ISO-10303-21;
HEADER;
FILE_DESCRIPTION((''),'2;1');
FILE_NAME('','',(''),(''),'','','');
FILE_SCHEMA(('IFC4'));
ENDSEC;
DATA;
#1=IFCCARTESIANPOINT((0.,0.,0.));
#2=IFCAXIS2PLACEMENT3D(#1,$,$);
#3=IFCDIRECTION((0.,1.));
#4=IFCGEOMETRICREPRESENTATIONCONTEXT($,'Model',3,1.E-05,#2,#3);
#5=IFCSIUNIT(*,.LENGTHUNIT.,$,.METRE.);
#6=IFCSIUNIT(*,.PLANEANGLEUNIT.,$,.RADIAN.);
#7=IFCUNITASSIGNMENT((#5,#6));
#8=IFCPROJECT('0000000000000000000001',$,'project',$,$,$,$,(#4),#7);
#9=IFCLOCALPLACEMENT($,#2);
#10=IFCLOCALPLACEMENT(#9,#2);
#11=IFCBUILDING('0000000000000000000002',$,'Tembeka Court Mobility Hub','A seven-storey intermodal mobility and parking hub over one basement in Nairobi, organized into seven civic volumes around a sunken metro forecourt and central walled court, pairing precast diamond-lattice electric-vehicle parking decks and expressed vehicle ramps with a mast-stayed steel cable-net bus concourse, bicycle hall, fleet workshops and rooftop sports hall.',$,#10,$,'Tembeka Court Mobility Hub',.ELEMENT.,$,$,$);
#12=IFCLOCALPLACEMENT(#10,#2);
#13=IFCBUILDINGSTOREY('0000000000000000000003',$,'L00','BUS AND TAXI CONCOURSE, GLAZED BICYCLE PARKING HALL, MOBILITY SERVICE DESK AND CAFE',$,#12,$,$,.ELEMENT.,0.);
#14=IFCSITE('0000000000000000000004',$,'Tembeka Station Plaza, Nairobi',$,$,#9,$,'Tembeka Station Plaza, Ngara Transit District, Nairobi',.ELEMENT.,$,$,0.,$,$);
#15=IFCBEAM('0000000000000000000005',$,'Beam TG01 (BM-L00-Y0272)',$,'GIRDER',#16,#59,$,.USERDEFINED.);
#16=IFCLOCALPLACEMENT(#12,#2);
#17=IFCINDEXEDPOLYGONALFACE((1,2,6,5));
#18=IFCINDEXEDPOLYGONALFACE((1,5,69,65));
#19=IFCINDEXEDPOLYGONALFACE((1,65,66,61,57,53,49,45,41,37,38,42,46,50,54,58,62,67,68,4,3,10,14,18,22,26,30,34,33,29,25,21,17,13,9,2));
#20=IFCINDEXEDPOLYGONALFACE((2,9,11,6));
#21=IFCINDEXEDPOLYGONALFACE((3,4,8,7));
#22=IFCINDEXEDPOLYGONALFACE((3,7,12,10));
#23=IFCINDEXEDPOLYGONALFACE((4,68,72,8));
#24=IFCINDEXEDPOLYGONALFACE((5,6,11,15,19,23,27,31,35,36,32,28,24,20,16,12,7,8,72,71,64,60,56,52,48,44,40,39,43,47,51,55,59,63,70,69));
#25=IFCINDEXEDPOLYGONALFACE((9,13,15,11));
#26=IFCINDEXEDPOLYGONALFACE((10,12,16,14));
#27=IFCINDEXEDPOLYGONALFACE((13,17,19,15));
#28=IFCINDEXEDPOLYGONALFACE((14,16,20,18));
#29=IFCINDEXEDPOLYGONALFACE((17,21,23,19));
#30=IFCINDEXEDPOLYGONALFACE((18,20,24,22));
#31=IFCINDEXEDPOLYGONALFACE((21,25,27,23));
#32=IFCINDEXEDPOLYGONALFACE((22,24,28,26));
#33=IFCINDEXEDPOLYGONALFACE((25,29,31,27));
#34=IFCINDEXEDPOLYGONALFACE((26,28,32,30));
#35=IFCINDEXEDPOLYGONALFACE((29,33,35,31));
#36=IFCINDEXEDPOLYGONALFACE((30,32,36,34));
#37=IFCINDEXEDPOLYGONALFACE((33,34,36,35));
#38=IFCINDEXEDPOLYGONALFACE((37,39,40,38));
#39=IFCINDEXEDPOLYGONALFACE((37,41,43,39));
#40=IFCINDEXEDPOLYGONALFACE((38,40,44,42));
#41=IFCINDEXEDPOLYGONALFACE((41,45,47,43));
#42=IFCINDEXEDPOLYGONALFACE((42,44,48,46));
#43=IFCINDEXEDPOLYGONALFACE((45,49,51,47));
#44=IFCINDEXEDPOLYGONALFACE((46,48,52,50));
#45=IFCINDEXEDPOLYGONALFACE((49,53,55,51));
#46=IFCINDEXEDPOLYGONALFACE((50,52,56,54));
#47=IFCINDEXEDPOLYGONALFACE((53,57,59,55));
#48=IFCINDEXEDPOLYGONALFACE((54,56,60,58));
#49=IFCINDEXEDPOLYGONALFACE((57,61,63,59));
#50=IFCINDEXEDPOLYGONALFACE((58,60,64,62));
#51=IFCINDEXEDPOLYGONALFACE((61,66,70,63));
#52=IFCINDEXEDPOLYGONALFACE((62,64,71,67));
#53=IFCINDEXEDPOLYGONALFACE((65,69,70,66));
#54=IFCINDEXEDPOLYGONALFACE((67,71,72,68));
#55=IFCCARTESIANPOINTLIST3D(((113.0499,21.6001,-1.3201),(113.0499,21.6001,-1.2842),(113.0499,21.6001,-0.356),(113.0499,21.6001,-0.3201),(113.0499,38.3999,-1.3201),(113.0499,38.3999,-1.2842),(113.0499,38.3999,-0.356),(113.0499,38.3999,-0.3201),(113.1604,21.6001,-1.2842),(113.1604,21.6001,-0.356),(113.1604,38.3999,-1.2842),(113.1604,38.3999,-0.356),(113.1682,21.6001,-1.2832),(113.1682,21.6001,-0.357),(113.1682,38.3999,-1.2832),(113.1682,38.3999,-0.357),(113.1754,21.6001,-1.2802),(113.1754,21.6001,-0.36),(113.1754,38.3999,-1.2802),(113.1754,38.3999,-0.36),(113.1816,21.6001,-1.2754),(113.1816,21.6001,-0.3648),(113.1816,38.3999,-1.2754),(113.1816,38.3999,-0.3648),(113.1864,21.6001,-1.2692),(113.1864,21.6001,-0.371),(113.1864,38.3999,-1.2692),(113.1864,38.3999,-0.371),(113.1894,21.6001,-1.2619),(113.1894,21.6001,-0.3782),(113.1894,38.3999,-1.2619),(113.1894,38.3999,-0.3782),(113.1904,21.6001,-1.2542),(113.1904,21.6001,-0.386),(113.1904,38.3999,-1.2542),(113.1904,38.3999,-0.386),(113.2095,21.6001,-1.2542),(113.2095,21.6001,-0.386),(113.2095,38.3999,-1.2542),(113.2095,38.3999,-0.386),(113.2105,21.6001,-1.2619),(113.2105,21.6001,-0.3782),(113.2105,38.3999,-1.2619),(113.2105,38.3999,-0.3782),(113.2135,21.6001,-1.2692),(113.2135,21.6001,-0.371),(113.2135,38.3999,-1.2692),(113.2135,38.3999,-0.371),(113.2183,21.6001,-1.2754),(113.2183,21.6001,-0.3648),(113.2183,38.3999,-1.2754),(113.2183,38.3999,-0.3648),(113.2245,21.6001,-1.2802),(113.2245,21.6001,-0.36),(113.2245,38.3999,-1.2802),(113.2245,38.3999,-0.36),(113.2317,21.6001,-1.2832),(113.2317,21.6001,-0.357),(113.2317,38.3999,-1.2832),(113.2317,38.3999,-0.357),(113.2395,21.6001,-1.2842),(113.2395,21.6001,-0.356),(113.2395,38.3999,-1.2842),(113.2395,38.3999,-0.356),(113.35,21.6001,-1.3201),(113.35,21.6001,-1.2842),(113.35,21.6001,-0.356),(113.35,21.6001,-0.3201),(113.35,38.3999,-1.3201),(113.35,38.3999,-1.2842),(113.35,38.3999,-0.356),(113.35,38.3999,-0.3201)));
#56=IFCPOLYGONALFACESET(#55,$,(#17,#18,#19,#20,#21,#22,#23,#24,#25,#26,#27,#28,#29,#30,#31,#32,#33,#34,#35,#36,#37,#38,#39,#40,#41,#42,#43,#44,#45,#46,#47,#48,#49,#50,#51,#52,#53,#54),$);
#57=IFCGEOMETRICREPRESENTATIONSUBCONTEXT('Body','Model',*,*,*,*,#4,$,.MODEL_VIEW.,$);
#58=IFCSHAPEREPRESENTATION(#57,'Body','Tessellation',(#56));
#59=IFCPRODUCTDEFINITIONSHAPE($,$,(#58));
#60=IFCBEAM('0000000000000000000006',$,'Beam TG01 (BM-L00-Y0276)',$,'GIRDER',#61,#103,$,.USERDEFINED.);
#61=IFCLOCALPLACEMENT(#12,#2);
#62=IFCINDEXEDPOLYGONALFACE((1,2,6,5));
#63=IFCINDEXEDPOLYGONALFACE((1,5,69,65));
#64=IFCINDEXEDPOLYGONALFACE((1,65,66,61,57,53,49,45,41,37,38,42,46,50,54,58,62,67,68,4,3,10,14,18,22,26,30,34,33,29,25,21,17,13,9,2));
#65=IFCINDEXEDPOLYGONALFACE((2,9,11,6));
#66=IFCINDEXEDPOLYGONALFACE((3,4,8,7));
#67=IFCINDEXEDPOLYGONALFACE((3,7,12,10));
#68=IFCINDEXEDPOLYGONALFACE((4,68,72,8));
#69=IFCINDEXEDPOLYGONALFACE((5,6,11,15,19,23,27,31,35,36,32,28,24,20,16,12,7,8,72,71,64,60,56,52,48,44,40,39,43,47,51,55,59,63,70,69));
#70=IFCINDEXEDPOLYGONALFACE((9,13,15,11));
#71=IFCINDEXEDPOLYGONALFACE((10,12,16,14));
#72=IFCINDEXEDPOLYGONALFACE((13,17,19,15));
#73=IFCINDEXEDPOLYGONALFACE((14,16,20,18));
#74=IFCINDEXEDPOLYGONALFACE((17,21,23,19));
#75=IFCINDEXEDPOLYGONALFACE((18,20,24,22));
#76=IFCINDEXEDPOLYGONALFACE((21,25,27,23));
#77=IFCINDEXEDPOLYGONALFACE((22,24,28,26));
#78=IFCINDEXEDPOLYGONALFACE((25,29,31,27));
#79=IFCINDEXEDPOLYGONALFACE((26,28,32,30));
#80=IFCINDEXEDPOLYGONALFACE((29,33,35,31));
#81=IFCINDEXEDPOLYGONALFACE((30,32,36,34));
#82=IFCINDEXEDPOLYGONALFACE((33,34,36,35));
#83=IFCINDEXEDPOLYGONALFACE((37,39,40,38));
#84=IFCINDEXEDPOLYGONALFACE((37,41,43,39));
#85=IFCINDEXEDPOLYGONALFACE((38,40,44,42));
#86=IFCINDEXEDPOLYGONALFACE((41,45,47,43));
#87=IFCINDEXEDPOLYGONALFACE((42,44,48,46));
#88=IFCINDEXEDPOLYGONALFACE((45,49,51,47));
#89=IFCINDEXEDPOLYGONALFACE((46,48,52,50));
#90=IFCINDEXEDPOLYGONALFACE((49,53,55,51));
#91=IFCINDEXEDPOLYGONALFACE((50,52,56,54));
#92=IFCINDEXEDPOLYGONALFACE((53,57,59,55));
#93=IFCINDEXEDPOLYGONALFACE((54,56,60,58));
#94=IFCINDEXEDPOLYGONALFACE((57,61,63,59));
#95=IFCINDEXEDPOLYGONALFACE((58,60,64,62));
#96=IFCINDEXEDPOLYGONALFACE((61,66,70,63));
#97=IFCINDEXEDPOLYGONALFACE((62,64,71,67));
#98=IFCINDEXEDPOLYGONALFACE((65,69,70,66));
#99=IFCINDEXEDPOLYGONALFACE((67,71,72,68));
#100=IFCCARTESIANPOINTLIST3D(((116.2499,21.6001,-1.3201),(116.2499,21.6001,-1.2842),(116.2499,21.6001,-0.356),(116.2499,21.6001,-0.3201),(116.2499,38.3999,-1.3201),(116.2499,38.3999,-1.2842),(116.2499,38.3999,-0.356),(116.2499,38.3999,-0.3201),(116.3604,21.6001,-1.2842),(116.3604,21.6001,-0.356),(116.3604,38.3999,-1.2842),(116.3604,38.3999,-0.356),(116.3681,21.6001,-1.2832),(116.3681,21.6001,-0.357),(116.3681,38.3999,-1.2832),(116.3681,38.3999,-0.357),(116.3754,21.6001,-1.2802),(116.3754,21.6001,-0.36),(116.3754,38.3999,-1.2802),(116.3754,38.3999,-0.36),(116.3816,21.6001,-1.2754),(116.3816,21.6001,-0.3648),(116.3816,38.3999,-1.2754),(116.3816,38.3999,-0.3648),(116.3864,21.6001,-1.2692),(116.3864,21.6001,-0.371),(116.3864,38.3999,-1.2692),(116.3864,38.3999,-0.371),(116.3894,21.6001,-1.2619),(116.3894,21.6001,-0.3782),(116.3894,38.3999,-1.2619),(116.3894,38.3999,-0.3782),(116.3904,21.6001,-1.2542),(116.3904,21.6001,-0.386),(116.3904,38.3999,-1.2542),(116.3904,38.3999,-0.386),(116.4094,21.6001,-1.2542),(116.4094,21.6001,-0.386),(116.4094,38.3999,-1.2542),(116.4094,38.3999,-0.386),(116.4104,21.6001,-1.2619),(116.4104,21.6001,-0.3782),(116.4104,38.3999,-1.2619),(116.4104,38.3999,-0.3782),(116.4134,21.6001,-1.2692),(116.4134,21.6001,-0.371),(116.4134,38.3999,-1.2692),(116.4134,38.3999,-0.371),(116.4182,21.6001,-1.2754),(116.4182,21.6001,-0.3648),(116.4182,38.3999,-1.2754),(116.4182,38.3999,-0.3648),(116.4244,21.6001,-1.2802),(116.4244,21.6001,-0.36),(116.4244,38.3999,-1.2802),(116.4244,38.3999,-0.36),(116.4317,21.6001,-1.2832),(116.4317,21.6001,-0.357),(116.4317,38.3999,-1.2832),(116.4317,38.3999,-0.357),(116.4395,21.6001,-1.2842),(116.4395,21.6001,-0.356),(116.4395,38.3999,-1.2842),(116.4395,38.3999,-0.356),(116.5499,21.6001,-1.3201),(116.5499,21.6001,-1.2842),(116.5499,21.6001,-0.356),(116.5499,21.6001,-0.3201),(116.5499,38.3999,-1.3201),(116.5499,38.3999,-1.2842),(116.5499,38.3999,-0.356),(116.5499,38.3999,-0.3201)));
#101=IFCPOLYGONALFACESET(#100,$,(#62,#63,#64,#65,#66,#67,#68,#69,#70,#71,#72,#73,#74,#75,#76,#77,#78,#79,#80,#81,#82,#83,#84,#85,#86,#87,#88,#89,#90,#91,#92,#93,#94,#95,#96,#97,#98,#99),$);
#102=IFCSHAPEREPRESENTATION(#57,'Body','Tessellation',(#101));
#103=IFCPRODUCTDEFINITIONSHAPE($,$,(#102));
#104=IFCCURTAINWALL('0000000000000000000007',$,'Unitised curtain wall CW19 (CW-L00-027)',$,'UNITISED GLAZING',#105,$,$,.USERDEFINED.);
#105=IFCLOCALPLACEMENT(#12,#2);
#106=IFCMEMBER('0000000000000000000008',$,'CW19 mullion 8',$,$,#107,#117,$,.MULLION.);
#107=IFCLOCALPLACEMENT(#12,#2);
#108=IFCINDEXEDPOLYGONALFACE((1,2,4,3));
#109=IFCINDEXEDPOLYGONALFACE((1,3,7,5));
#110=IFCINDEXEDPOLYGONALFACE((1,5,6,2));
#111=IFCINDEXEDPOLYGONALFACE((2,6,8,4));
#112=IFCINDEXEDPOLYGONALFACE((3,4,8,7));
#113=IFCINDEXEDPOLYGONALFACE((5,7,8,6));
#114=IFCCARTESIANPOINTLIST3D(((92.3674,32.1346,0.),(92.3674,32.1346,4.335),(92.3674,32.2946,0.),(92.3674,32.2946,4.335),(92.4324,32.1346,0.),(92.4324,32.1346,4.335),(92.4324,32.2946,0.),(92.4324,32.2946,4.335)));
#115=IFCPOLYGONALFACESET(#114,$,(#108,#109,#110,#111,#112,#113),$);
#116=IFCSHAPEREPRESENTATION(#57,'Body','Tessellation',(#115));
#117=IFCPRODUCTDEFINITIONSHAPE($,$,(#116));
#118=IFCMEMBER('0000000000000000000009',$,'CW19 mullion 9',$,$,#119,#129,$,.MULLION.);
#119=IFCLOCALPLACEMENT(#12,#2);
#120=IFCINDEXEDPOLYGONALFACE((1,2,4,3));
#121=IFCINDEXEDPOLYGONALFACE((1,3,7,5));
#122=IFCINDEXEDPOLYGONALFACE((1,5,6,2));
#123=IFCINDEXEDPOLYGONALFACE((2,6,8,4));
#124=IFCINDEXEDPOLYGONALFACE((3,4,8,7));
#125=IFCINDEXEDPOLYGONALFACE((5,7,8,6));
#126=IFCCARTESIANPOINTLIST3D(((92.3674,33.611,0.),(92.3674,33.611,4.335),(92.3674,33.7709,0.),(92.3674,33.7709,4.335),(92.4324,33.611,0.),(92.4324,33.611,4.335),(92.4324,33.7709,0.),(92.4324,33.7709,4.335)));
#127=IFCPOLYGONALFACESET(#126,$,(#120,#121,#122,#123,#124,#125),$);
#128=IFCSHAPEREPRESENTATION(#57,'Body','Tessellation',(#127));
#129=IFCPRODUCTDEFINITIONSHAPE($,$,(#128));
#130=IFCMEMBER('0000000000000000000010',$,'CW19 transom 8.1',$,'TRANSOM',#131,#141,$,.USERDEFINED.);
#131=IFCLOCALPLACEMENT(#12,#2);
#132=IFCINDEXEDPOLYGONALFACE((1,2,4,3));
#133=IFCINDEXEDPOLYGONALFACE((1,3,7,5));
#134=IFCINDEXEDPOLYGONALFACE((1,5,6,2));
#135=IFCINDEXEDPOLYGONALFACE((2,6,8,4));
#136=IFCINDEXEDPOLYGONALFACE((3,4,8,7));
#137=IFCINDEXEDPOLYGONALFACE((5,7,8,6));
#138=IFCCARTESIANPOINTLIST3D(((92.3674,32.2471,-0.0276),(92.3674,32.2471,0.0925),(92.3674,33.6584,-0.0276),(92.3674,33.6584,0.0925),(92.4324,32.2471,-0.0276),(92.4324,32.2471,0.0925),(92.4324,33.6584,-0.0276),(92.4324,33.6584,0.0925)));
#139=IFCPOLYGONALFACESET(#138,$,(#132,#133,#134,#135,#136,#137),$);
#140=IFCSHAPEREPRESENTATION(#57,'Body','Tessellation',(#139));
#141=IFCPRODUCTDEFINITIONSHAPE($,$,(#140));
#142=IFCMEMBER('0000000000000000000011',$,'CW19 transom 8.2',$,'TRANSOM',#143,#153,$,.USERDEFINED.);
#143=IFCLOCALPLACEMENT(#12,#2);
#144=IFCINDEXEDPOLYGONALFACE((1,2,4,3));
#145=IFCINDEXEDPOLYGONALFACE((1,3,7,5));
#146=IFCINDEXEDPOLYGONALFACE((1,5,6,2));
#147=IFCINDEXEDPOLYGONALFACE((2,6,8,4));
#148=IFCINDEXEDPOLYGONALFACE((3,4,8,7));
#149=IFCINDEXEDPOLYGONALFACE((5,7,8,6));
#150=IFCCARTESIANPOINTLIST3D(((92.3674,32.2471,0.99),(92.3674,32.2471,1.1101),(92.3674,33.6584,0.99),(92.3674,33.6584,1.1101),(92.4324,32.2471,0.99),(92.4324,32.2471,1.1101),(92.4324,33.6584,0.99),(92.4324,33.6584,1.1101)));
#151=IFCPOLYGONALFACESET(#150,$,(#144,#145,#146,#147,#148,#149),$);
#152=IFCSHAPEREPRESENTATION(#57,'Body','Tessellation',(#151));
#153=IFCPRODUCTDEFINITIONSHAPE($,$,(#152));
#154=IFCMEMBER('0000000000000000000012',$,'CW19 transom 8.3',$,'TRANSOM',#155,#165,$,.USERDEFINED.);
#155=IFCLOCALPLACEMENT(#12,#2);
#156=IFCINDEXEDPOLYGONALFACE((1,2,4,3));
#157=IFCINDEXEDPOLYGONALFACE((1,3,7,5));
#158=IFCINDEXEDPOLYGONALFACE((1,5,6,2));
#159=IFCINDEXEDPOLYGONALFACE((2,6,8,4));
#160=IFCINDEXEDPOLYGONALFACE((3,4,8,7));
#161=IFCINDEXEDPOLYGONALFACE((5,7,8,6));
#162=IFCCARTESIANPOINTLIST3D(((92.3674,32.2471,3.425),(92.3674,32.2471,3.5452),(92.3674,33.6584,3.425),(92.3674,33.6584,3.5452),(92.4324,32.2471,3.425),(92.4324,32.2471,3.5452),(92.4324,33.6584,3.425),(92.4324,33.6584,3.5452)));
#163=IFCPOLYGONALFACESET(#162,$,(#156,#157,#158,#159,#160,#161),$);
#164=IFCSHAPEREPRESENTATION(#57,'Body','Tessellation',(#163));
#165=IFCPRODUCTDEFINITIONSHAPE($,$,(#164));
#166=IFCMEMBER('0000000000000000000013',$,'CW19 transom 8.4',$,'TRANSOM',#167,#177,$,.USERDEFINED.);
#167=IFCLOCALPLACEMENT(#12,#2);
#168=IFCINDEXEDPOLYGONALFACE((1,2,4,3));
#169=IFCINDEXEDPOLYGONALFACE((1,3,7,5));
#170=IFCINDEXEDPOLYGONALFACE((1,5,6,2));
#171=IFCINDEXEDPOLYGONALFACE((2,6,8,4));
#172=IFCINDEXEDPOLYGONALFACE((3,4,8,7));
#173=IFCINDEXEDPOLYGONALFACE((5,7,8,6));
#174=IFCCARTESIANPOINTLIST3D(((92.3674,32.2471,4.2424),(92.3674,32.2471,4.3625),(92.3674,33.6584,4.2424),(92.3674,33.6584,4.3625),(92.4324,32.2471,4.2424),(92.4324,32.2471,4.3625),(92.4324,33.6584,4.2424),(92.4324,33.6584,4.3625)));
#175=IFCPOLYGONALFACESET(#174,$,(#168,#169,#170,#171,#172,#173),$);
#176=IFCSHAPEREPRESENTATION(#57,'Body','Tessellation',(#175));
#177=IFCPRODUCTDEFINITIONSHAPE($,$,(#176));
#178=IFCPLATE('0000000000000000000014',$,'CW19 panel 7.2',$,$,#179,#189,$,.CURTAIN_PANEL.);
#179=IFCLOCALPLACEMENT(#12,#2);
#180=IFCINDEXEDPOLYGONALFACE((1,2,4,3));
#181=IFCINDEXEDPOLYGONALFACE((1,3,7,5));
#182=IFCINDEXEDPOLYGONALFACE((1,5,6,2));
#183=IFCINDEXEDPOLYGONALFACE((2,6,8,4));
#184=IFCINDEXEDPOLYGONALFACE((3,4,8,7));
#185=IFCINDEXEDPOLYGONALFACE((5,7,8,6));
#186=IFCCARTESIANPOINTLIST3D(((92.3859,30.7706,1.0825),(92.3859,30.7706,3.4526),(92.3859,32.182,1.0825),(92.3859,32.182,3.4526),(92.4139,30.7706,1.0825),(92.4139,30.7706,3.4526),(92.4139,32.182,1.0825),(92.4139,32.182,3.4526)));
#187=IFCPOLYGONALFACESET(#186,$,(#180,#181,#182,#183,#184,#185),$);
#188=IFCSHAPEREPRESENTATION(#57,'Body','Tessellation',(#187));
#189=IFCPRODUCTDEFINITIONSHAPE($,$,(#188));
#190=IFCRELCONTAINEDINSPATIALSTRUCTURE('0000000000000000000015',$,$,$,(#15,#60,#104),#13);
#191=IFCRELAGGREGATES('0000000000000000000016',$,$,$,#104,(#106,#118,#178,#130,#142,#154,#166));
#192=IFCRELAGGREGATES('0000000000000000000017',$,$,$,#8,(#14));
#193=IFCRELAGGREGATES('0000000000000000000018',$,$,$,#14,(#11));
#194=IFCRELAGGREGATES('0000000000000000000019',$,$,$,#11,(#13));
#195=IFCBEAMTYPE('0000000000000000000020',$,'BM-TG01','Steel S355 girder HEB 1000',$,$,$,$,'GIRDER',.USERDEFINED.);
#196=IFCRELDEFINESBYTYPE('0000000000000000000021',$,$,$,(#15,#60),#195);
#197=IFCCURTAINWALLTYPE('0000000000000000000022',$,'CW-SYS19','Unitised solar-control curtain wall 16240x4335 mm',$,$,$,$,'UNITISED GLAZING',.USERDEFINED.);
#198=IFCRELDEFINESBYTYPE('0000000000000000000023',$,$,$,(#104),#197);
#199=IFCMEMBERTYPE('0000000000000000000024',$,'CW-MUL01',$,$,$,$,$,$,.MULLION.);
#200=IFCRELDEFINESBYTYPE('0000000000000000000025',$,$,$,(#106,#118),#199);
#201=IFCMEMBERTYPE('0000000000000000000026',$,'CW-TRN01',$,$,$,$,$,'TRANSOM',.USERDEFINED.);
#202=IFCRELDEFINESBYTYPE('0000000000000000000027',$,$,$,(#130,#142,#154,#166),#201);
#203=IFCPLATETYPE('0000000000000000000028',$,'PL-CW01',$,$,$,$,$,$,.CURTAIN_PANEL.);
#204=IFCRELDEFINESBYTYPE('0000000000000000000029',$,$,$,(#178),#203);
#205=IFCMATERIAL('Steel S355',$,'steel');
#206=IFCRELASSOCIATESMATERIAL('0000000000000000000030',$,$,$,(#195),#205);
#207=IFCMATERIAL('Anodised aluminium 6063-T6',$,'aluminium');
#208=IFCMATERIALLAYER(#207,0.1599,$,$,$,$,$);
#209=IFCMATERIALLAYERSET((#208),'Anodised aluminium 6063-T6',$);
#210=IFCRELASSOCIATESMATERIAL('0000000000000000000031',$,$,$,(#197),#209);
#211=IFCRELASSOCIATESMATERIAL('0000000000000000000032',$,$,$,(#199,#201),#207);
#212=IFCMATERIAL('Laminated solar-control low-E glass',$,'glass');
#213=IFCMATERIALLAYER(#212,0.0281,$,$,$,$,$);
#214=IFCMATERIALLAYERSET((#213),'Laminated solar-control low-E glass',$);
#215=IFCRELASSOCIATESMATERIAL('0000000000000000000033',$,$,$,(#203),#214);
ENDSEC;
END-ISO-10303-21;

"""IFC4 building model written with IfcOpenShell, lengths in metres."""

from ifc_helpers import new_model, si_unit, direction, frame, origin, origin_2d, place, context, subcontext, project, spatial, rectangle, i_section, extrude, material, layer, layer_set, material_profile, profile_set, type_object, element, aggregate, save


model = new_model("IFC4")

# Units and contexts
model_context = context("Model", 3, precision=1e-05, world=origin(), true_north=direction((0.0, 1.0)))
body_context = subcontext(model_context, "Body", "Model", "MODEL_VIEW")
ifc_project = project(units=[si_unit("LENGTHUNIT", "METRE"), si_unit("PLANEANGLEUNIT", "RADIAN")], contexts=[model_context])

# Site, building, storey
site_placement = place(None, origin())
site = spatial("IfcSite", under=ifc_project, at=site_placement, Name="Tembeka Station Plaza, Nairobi", LongName="Tembeka Station Plaza, Ngara Transit District, Nairobi", CompositionType="ELEMENT", RefElevation=0.0)
building_placement = place(site_placement, origin())
building = spatial("IfcBuilding", under=site, at=building_placement, Name="Tembeka Court Mobility Hub", Description="A seven-storey intermodal mobility and parking hub over one basement in Nairobi, organized into seven civic volumes around a sunken metro forecourt and central walled court, pairing precast diamond-lattice electric-vehicle parking decks and expressed vehicle ramps with a mast-stayed steel cable-net bus concourse, bicycle hall, fleet workshops and rooftop sports hall.", LongName="Tembeka Court Mobility Hub", CompositionType="ELEMENT")
storey_placement = place(building_placement, origin())
storey = spatial("IfcBuildingStorey", under=building, at=storey_placement, Name="L00", Description="BUS AND TAXI CONCOURSE, GLAZED BICYCLE PARKING HALL, MOBILITY SERVICE DESK AND CAFE", CompositionType="ELEMENT", Elevation=0.0)

# Shared definitions
ifc_material_1 = material(Name="Steel S355", Category="steel")

# Beams
ifc_material_profile_1 = material_profile(ifc_material_1, i_section(OverallWidth=0.3, OverallDepth=1.0, WebThickness=0.019, FlangeThickness=0.0359, FilletRadius=0.03, at=origin_2d()), Name="HEB 1000")
ifc_profile_set_1 = profile_set([ifc_material_profile_1], Name="Steel S355")
beam_type_1 = type_object("IfcBeamType", Name="BM-TG01", Description="Steel S355 girder HEB 1000", ElementType="GIRDER", PredefinedType="USERDEFINED", material=ifc_profile_set_1)
for number, where, z_axis, x_axis, name in (
    (1, (113.2, 21.6001, -0.8201), (0.0, 1.0, 0.0), (-1.0, 0.0, 0.0), "Beam TG01 (BM-L00-Y0272)"),
    (2, (116.3999, 21.6001, -0.8201), (0.0, 1.0, 0.0), (-1.0, 0.0, 0.0), "Beam TG01 (BM-L00-Y0276)"),
):
    element("IfcBeam", number, at=place(storey_placement, frame(where, z_axis=z_axis, x_axis=x_axis)), inside=storey, type_object=beam_type_1, Name=name, ObjectType="GIRDER", PredefinedType="USERDEFINED", context=body_context, shape_type="SweptSolid", body=[
        extrude(i_section(OverallWidth=0.3, OverallDepth=1.0, WebThickness=0.019, FlangeThickness=0.0359, FilletRadius=0.03, at=origin_2d()), origin(), (0.0, 0.0, 1.0), 16.7998),
    ])

# Curtain wall, members, plate
ifc_material_2 = material(Name="Anodised aluminium 6063-T6", Category="aluminium")
ifc_layer_1 = layer(ifc_material_2, 0.1599)
ifc_layer_set_1 = layer_set([ifc_layer_1], Name="Anodised aluminium 6063-T6")
curtain_wall_type = type_object("IfcCurtainWallType", Name="CW-SYS19", Description="Unitised solar-control curtain wall 16240x4335 mm", ElementType="UNITISED GLAZING", PredefinedType="USERDEFINED", material=ifc_layer_set_1)
curtain_wall_placement = place(storey_placement, origin())
curtain_wall = element("IfcCurtainWall", 3, at=curtain_wall_placement, inside=storey, type_object=curtain_wall_type, Name="Unitised curtain wall CW19 (CW-L00-027)", ObjectType="UNITISED GLAZING", PredefinedType="USERDEFINED")
ifc_material_profile_2 = material_profile(ifc_material_2, rectangle(XDim=0.0649, YDim=0.1599, at=origin_2d()), Name="ALU-MUL 65x160")
ifc_profile_set_2 = profile_set([ifc_material_profile_2], Name="Anodised aluminium 6063-T6")
member_type_1 = type_object("IfcMemberType", Name="CW-MUL01", PredefinedType="MULLION", material=ifc_profile_set_2)
member_1_placement = place(storey_placement, frame((92.3999, 32.2146, 0.0), z_axis=(0.0, 0.0, 1.0), x_axis=(-1.0, 0.0, 0.0)))
member_1 = element("IfcMember", 4, at=member_1_placement, type_object=member_type_1, Name="CW19 mullion 8", PredefinedType="MULLION", context=body_context, shape_type="SweptSolid", body=[
    extrude(rectangle(XDim=0.0649, YDim=0.1599, at=origin_2d()), origin(), (0.0, 0.0, 1.0), 4.335),
])
member_2_placement = place(storey_placement, frame((92.3999, 33.6909, 0.0), z_axis=(0.0, 0.0, 1.0), x_axis=(-1.0, 0.0, 0.0)))
member_2 = element("IfcMember", 5, at=member_2_placement, type_object=member_type_1, Name="CW19 mullion 9", PredefinedType="MULLION", context=body_context, shape_type="SweptSolid", body=[
    extrude(rectangle(XDim=0.0649, YDim=0.1599, at=origin_2d()), origin(), (0.0, 0.0, 1.0), 4.335),
])
ifc_material_profile_3 = material_profile(ifc_material_2, rectangle(XDim=0.0649, YDim=0.1201, at=origin_2d()), Name="ALU-TRN 65x120")
ifc_profile_set_3 = profile_set([ifc_material_profile_3], Name="Anodised aluminium 6063-T6")
member_type_2 = type_object("IfcMemberType", Name="CW-TRN01", ElementType="TRANSOM", PredefinedType="USERDEFINED", material=ifc_profile_set_3)
member_3_placement = place(storey_placement, frame((92.3999, 32.2471, 0.0325), z_axis=(0.0, 1.0, 0.0), x_axis=(-1.0, 0.0, 0.0)))
member_3 = element("IfcMember", 6, at=member_3_placement, type_object=member_type_2, Name="CW19 transom 8.1", ObjectType="TRANSOM", PredefinedType="USERDEFINED", context=body_context, shape_type="SweptSolid", body=[
    extrude(rectangle(XDim=0.0649, YDim=0.1201, at=origin_2d()), origin(), (0.0, 0.0, 1.0), 1.4114),
])
member_4_placement = place(storey_placement, frame((92.3999, 32.2471, 1.05), z_axis=(0.0, 1.0, 0.0), x_axis=(-1.0, 0.0, 0.0)))
member_4 = element("IfcMember", 7, at=member_4_placement, type_object=member_type_2, Name="CW19 transom 8.2", ObjectType="TRANSOM", PredefinedType="USERDEFINED", context=body_context, shape_type="SweptSolid", body=[
    extrude(rectangle(XDim=0.0649, YDim=0.1201, at=origin_2d()), origin(), (0.0, 0.0, 1.0), 1.4114),
])
member_5_placement = place(storey_placement, frame((92.3999, 32.2471, 3.4851), z_axis=(0.0, 1.0, 0.0), x_axis=(-1.0, 0.0, 0.0)))
member_5 = element("IfcMember", 8, at=member_5_placement, type_object=member_type_2, Name="CW19 transom 8.3", ObjectType="TRANSOM", PredefinedType="USERDEFINED", context=body_context, shape_type="SweptSolid", body=[
    extrude(rectangle(XDim=0.0649, YDim=0.1201, at=origin_2d()), origin(), (0.0, 0.0, 1.0), 1.4114),
])
member_6_placement = place(storey_placement, frame((92.3999, 32.2471, 4.3025), z_axis=(0.0, 1.0, 0.0), x_axis=(-1.0, 0.0, 0.0)))
member_6 = element("IfcMember", 9, at=member_6_placement, type_object=member_type_2, Name="CW19 transom 8.4", ObjectType="TRANSOM", PredefinedType="USERDEFINED", context=body_context, shape_type="SweptSolid", body=[
    extrude(rectangle(XDim=0.0649, YDim=0.1201, at=origin_2d()), origin(), (0.0, 0.0, 1.0), 1.4114),
])
ifc_material_3 = material(Name="Laminated solar-control low-E glass", Category="glass")
ifc_layer_2 = layer(ifc_material_3, 0.0281)
ifc_layer_set_2 = layer_set([ifc_layer_2], Name="Laminated solar-control low-E glass")
plate_type = type_object("IfcPlateType", Name="PL-CW01", PredefinedType="CURTAIN_PANEL", material=ifc_layer_set_2)
plate_1_placement = place(storey_placement, frame((92.3999, 31.4763, 1.0825), z_axis=(0.0, 0.0, 1.0), x_axis=(0.0, 1.0, 0.0)))
plate_1 = element("IfcPlate", 10, at=plate_1_placement, type_object=plate_type, Name="CW19 panel 7.2", PredefinedType="CURTAIN_PANEL", context=body_context, shape_type="SweptSolid", body=[
    extrude(rectangle(XDim=1.4114, YDim=0.0281, at=origin_2d()), origin(), (0.0, 0.0, 1.0), 2.3701),
])
aggregate(curtain_wall, [member_1, member_2, plate_1, member_3, member_4, member_5, member_6])

save(model, "model.ifc")
